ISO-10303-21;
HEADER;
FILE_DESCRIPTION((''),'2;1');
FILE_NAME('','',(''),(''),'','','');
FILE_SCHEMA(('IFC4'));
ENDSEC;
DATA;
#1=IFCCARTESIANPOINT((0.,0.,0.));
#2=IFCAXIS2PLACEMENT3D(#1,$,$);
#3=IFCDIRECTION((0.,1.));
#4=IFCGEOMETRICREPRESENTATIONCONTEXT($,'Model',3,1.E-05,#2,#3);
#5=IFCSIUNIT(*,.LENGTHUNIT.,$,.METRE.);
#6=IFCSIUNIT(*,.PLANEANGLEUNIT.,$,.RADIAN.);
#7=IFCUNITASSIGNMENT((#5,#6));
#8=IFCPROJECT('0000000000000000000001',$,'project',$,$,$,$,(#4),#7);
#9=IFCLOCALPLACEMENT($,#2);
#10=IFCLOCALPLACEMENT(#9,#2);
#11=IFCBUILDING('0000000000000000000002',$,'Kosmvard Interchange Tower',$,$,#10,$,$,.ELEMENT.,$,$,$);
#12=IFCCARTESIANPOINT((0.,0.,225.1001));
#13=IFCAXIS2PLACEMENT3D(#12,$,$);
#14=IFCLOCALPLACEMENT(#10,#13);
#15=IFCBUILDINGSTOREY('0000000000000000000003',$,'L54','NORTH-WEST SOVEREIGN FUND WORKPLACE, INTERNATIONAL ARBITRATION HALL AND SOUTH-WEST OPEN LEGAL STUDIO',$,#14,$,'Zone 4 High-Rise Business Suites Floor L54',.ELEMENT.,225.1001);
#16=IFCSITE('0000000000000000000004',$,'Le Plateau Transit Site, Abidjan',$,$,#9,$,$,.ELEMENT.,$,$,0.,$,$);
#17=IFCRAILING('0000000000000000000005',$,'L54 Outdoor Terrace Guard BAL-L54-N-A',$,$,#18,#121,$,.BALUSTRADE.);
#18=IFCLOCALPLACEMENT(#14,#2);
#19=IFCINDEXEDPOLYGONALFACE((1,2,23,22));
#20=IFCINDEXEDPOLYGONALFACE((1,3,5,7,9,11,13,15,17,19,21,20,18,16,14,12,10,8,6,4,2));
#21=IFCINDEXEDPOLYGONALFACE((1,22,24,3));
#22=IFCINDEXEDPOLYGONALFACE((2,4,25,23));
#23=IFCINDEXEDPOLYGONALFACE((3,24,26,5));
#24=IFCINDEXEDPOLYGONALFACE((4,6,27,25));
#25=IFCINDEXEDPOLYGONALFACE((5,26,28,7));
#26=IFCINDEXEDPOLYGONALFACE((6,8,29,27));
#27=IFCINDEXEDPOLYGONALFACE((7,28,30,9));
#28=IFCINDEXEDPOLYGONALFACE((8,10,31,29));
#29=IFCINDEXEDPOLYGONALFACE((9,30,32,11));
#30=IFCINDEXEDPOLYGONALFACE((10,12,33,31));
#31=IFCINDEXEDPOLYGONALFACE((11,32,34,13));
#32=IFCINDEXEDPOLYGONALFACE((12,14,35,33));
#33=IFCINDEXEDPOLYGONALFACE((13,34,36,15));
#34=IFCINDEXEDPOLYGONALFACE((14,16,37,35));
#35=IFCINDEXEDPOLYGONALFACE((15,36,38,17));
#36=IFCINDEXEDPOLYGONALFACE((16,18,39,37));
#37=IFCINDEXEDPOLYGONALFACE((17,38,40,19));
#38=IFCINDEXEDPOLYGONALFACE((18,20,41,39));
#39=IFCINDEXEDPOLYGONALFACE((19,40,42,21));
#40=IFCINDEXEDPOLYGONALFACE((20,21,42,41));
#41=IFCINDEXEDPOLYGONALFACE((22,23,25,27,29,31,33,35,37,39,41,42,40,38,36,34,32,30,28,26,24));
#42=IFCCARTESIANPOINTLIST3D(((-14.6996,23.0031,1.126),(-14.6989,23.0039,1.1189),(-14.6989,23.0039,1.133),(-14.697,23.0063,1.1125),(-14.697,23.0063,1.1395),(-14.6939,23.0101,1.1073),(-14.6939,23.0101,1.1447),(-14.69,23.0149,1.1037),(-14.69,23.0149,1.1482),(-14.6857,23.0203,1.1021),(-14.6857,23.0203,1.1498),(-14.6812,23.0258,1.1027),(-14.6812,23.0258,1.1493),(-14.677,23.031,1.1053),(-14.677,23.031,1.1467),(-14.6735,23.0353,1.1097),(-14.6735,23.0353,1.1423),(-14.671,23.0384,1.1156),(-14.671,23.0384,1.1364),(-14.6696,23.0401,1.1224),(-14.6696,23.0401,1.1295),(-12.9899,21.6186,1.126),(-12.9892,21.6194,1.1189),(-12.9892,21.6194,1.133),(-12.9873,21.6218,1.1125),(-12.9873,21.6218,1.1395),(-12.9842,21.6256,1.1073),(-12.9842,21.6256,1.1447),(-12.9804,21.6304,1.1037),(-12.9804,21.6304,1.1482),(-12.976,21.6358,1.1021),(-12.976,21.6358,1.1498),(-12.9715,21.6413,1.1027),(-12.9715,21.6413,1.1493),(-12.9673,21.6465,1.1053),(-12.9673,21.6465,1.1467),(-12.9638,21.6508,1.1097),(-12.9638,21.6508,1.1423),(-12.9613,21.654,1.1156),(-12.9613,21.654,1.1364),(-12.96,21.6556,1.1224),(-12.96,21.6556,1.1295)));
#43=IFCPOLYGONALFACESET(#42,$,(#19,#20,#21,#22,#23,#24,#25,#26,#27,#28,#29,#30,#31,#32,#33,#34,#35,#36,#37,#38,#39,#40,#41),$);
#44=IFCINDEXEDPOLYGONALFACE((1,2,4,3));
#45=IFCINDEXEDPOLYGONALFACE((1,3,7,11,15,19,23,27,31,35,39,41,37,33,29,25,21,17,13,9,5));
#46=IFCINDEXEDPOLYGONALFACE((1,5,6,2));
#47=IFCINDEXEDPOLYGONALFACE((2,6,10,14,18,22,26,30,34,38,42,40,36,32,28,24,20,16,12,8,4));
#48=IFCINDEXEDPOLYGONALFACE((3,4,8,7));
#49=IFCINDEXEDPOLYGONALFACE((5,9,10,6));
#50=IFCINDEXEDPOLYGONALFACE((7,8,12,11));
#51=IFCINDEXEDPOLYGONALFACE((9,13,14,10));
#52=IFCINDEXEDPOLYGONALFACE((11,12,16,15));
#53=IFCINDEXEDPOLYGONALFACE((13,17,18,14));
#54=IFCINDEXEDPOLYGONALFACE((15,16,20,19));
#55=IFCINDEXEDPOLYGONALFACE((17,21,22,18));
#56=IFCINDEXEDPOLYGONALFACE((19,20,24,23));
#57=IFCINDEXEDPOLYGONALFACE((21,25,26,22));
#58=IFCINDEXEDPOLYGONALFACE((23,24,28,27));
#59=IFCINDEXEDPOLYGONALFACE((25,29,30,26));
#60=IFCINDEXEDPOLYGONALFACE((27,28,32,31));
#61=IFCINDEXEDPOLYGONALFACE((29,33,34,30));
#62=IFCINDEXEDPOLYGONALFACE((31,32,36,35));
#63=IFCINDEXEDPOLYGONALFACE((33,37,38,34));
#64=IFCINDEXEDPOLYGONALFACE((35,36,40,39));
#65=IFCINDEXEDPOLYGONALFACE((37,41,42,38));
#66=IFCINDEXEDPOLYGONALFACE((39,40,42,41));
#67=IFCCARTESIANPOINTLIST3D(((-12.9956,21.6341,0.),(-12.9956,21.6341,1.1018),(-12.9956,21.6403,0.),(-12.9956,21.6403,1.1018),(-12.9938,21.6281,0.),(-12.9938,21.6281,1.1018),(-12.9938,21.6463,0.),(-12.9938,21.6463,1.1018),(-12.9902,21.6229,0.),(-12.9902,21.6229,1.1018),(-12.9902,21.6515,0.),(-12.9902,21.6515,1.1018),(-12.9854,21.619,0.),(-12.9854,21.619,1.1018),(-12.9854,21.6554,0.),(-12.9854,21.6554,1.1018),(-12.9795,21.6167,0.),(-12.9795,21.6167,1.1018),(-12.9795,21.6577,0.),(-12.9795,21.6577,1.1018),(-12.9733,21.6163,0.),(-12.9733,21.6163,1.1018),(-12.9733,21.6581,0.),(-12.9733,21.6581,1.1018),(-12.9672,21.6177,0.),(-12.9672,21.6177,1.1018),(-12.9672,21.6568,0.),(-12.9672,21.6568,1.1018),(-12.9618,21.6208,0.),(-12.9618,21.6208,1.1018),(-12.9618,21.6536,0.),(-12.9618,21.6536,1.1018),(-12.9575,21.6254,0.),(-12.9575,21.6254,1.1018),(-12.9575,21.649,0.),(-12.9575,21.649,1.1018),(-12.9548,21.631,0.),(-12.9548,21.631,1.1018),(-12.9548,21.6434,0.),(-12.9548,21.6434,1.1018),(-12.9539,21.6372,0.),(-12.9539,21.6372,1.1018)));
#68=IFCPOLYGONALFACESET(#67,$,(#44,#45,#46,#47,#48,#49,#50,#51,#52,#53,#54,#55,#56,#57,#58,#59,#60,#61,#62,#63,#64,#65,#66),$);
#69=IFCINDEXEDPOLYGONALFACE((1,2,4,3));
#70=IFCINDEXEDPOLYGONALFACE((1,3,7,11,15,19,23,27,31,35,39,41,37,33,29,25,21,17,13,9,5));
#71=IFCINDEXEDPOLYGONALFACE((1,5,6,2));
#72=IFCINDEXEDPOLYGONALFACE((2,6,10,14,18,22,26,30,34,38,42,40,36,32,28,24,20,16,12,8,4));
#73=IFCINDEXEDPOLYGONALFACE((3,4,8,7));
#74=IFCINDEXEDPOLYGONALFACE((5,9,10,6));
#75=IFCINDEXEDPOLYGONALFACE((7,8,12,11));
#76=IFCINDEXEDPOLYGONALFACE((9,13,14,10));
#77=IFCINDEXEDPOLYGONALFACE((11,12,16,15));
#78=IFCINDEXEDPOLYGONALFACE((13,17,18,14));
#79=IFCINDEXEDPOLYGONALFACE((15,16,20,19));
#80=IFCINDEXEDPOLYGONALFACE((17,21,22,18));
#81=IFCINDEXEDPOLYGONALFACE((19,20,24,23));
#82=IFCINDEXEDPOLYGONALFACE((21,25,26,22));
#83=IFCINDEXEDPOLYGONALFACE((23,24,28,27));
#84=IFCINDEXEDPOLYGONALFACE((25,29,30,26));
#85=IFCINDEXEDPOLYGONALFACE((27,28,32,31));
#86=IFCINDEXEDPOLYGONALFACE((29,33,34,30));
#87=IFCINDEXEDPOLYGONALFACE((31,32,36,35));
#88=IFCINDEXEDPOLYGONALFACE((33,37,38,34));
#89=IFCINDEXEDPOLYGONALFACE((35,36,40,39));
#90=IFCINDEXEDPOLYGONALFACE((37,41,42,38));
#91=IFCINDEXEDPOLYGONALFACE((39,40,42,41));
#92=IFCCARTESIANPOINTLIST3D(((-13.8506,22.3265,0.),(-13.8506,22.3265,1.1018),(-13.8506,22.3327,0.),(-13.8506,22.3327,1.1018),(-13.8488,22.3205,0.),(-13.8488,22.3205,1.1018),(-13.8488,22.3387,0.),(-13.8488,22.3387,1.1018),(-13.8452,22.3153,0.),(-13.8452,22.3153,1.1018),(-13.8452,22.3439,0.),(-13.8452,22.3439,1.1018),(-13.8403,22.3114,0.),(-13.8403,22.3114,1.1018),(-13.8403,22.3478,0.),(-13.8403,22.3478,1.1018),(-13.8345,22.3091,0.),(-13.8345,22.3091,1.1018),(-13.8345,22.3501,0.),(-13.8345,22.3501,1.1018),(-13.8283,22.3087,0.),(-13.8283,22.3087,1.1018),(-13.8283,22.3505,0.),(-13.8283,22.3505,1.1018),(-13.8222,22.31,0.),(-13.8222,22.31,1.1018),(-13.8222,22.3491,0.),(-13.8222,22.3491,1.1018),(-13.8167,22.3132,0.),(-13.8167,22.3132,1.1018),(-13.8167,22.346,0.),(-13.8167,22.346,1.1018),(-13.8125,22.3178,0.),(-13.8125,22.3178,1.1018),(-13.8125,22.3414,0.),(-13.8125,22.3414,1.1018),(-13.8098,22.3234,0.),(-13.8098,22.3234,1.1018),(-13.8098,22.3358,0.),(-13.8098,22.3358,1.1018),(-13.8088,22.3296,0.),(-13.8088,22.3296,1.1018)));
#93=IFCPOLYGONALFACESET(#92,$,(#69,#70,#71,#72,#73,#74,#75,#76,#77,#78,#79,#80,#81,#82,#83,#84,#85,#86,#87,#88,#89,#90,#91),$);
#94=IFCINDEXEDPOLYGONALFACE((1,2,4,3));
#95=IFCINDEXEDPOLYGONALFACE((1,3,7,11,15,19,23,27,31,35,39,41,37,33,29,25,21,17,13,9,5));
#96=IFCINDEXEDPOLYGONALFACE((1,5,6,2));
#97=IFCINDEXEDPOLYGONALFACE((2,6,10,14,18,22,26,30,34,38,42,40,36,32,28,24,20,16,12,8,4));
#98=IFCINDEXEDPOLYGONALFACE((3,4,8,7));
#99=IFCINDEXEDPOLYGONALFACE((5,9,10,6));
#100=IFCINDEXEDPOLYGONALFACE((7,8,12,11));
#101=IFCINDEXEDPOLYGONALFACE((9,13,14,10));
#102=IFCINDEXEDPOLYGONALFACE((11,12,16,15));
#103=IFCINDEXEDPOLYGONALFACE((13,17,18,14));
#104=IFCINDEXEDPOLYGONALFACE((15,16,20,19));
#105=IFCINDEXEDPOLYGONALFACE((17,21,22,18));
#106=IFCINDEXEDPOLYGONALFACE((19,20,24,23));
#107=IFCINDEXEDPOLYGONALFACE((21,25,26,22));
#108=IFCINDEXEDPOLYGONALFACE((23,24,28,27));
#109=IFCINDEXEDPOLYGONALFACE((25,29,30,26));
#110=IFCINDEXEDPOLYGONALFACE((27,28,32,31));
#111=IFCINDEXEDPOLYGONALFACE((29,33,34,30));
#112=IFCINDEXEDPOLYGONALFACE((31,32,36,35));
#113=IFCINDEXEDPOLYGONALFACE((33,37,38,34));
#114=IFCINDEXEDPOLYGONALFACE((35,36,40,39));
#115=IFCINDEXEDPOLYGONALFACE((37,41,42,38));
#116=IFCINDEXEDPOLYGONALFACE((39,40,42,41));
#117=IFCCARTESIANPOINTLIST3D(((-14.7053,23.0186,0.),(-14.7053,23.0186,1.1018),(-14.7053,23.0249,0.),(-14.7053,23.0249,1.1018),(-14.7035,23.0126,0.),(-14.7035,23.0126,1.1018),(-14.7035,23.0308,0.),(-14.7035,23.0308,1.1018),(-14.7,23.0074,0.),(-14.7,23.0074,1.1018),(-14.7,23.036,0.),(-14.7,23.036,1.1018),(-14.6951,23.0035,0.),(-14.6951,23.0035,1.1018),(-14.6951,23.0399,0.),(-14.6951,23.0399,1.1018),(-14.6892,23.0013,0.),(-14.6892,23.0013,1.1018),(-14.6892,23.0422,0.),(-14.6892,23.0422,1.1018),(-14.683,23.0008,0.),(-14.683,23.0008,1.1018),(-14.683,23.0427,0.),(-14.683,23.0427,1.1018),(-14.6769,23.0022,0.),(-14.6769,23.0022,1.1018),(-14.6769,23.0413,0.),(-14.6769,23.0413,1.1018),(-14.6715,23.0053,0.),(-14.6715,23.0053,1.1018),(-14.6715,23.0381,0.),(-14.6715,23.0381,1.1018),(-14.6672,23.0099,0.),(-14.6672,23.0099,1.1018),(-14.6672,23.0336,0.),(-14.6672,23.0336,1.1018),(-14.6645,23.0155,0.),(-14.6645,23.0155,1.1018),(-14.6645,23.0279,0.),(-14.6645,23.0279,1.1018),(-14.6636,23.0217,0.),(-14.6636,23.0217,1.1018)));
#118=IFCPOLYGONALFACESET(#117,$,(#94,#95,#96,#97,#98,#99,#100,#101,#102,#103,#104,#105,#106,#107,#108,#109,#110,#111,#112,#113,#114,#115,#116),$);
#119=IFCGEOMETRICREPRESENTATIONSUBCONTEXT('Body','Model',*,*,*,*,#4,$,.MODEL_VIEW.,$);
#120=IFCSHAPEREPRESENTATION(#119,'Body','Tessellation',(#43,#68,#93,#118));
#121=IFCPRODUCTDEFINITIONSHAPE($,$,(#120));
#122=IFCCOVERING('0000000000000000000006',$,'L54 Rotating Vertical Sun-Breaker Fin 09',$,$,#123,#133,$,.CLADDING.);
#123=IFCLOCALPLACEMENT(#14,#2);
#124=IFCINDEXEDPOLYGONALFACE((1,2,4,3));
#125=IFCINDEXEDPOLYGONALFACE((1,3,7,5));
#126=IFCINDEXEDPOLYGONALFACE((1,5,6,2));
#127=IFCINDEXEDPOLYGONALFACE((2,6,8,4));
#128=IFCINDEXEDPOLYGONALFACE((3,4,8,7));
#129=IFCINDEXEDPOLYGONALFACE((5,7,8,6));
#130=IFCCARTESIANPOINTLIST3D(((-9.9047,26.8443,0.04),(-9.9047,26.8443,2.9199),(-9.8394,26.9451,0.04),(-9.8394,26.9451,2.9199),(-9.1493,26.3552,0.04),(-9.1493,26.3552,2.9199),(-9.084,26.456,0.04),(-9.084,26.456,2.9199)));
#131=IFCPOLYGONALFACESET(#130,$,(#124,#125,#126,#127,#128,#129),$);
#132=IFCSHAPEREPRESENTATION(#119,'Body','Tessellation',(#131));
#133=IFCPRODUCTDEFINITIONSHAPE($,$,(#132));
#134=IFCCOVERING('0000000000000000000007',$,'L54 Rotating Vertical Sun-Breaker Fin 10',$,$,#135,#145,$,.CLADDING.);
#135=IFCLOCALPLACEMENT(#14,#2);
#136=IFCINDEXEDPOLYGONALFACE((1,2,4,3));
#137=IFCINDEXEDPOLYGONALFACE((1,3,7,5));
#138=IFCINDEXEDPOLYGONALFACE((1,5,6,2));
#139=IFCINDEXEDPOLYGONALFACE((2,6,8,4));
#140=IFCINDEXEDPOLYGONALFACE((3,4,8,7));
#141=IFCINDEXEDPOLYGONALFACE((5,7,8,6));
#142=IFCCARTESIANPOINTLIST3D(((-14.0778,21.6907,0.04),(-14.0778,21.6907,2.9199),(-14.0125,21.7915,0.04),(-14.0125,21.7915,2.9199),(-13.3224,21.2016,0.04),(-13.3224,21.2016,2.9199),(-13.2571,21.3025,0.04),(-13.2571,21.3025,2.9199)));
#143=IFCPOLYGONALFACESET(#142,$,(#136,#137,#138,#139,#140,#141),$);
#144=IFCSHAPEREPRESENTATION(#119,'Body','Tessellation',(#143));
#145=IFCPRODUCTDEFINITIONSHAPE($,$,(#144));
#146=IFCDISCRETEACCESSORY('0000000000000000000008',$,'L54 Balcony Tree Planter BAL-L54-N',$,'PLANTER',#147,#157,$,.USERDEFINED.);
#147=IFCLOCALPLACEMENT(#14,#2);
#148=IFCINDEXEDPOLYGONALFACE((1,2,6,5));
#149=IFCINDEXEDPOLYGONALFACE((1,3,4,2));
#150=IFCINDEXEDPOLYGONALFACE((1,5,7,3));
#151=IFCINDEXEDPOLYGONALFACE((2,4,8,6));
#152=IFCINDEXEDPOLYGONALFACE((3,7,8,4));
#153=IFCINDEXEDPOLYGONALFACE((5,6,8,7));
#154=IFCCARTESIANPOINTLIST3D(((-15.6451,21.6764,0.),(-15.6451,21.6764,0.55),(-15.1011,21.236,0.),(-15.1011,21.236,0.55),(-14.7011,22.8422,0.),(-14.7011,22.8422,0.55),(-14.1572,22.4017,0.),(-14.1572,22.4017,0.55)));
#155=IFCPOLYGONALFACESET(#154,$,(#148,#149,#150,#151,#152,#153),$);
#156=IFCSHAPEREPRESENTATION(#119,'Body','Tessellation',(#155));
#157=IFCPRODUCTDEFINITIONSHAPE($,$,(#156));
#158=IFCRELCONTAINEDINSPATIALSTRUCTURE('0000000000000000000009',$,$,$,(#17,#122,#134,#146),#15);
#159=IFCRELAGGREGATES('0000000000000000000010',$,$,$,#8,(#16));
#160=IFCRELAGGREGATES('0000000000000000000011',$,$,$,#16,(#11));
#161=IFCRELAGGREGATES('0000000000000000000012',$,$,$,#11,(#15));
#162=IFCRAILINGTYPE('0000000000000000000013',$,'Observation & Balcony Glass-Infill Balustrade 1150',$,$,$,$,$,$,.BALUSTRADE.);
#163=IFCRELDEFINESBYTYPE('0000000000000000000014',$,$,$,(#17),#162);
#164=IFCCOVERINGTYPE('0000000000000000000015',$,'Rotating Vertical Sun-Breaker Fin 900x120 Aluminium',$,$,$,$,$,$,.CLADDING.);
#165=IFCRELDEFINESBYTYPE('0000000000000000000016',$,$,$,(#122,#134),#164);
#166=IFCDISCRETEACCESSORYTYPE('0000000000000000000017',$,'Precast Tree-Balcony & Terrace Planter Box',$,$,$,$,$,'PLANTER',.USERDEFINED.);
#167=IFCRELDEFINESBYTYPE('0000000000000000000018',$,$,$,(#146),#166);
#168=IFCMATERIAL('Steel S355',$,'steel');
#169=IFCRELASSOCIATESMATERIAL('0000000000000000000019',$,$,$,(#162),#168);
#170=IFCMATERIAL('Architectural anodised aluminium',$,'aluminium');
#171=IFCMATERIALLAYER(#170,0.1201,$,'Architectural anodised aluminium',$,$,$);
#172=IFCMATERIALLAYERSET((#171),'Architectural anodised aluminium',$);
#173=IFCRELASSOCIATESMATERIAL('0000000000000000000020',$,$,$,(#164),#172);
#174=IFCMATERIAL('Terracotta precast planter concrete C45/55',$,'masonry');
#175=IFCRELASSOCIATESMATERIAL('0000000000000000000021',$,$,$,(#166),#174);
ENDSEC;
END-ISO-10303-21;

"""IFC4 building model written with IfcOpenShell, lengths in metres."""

from ifc_helpers import new_model, si_unit, direction, frame, origin, origin_2d, place, context, subcontext, project, spatial, rectangle, circle, extrude, source, transform, mapped, material, layer, layer_set, type_object, element, save


model = new_model("IFC4")

# Units and contexts
model_context = context("Model", 3, precision=1e-05, world=origin(), true_north=direction((0.0, 1.0)))
body_context = subcontext(model_context, "Body", "Model", "MODEL_VIEW")
ifc_project = project(units=[si_unit("LENGTHUNIT", "METRE"), si_unit("PLANEANGLEUNIT", "RADIAN")], contexts=[model_context])

# Site, building, storey
site_placement = place(None, origin())
site = spatial("IfcSite", under=ifc_project, at=site_placement, Name="Le Plateau Transit Site, Abidjan", CompositionType="ELEMENT", RefElevation=0.0)
building_placement = place(site_placement, origin())
building = spatial("IfcBuilding", under=site, at=building_placement, Name="Kosmvard Interchange Tower", CompositionType="ELEMENT")
storey_placement = place(building_placement, frame((0.0, 0.0, 225.1001)))
storey = spatial("IfcBuildingStorey", under=building, at=storey_placement, Name="L54", Description="NORTH-WEST SOVEREIGN FUND WORKPLACE, INTERNATIONAL ARBITRATION HALL AND SOUTH-WEST OPEN LEGAL STUDIO", LongName="Zone 4 High-Rise Business Suites Floor L54", CompositionType="ELEMENT", Elevation=225.1001)

# Shared definitions
ifc_material_1 = material(Name="Steel S355", Category="steel")

# Railing
railing_type = type_object("IfcRailingType", Name="Observation & Balcony Glass-Infill Balustrade 1150", PredefinedType="BALUSTRADE", material=ifc_material_1)
shared_shape_1 = source(origin(), body_context, "Body", "SweptSolid", [
    extrude(circle(Radius=0.0239, at=origin_2d()), frame((0.0, 0.0, 1.126), z_axis=(-0.777141, 0.629326, 0.0), x_axis=(-0.629326, -0.777141, 0.0)), (0.0, 0.0, 1.0), 2.2),
    extrude(circle(Radius=0.021, at=origin_2d()), origin(), (0.0, 0.0, 1.0), 1.1018),
    extrude(circle(Radius=0.021, at=origin_2d()), frame((-0.855, 0.6924, 0.0)), (0.0, 0.0, 1.0), 1.1018),
    extrude(circle(Radius=0.021, at=origin_2d()), frame((-1.7097, 1.3845, 0.0)), (0.0, 0.0, 1.0), 1.1018),
])
railing_1_placement = place(storey_placement, frame((-12.9749, 21.6372, 0.0)))
element("IfcRailing", 1, at=railing_1_placement, inside=storey, type_object=railing_type, Name="L54 Outdoor Terrace Guard BAL-L54-N-A", PredefinedType="BALUSTRADE", context=body_context, shape_type="MappedRepresentation", body=[
    mapped(shared_shape_1, transform((0.0, 0.0, 0.0), scale=1.0)),
])

# Coverings
ifc_material_2 = material(Name="Architectural anodised aluminium", Category="aluminium")
ifc_layer_1 = layer(ifc_material_2, 0.1201, Name="Architectural anodised aluminium")
ifc_layer_set_1 = layer_set([ifc_layer_1], Name="Architectural anodised aluminium")
covering_type = type_object("IfcCoveringType", Name="Rotating Vertical Sun-Breaker Fin 900x120 Aluminium", PredefinedType="CLADDING", material=ifc_layer_set_1)
shared_shape_2 = source(origin(), body_context, "Body", "SweptSolid", [
    extrude(rectangle(XDim=0.8999, YDim=0.1201, at=origin_2d()), origin(), (0.0, 0.0, 1.0), 2.8799),
])
for number, where, z_axis, x_axis, name in (
    (2, (-9.4944, 26.6501, 0.04), (0.0, 0.0, 1.0), (-0.83943, 0.543467, 0.0), "L54 Rotating Vertical Sun-Breaker Fin 09"),
    (3, (-13.6675, 21.4966, 0.04), (0.0, 0.0, 1.0), (-0.83943, 0.543467, 0.0), "L54 Rotating Vertical Sun-Breaker Fin 10"),
):
    element("IfcCovering", number, at=place(storey_placement, frame(where, z_axis=z_axis, x_axis=x_axis)), inside=storey, type_object=covering_type, Name=name, PredefinedType="CLADDING", context=body_context, shape_type="MappedRepresentation", body=[
        mapped(shared_shape_2, transform((0.0, 0.0, 0.0), scale=1.0)),
    ])

# Discrete accessory
ifc_material_3 = material(Name="Terracotta precast planter concrete C45/55", Category="masonry")
discrete_accessory_type = type_object("IfcDiscreteAccessoryType", Name="Precast Tree-Balcony & Terrace Planter Box", ElementType="PLANTER", PredefinedType="USERDEFINED", material=ifc_material_3)
shared_shape_3 = source(origin(), body_context, "Body", "SweptSolid", [
    extrude(rectangle(XDim=1.5, YDim=0.7, at=origin_2d()), origin(), (0.0, 0.0, 1.0), 0.55),
])
discrete_accessory_placement = place(storey_placement, frame((-14.9011, 22.0391, 0.0), z_axis=(0.0, 0.0, 1.0), x_axis=(0.62932, 0.777146, 0.0)))
element("IfcDiscreteAccessory", 4, at=discrete_accessory_placement, inside=storey, type_object=discrete_accessory_type, Name="L54 Balcony Tree Planter BAL-L54-N", ObjectType="PLANTER", PredefinedType="USERDEFINED", context=body_context, shape_type="MappedRepresentation", body=[
    mapped(shared_shape_3, transform((0.0, 0.0, 0.0), scale=1.0)),
])

save(model, "model.ifc")
